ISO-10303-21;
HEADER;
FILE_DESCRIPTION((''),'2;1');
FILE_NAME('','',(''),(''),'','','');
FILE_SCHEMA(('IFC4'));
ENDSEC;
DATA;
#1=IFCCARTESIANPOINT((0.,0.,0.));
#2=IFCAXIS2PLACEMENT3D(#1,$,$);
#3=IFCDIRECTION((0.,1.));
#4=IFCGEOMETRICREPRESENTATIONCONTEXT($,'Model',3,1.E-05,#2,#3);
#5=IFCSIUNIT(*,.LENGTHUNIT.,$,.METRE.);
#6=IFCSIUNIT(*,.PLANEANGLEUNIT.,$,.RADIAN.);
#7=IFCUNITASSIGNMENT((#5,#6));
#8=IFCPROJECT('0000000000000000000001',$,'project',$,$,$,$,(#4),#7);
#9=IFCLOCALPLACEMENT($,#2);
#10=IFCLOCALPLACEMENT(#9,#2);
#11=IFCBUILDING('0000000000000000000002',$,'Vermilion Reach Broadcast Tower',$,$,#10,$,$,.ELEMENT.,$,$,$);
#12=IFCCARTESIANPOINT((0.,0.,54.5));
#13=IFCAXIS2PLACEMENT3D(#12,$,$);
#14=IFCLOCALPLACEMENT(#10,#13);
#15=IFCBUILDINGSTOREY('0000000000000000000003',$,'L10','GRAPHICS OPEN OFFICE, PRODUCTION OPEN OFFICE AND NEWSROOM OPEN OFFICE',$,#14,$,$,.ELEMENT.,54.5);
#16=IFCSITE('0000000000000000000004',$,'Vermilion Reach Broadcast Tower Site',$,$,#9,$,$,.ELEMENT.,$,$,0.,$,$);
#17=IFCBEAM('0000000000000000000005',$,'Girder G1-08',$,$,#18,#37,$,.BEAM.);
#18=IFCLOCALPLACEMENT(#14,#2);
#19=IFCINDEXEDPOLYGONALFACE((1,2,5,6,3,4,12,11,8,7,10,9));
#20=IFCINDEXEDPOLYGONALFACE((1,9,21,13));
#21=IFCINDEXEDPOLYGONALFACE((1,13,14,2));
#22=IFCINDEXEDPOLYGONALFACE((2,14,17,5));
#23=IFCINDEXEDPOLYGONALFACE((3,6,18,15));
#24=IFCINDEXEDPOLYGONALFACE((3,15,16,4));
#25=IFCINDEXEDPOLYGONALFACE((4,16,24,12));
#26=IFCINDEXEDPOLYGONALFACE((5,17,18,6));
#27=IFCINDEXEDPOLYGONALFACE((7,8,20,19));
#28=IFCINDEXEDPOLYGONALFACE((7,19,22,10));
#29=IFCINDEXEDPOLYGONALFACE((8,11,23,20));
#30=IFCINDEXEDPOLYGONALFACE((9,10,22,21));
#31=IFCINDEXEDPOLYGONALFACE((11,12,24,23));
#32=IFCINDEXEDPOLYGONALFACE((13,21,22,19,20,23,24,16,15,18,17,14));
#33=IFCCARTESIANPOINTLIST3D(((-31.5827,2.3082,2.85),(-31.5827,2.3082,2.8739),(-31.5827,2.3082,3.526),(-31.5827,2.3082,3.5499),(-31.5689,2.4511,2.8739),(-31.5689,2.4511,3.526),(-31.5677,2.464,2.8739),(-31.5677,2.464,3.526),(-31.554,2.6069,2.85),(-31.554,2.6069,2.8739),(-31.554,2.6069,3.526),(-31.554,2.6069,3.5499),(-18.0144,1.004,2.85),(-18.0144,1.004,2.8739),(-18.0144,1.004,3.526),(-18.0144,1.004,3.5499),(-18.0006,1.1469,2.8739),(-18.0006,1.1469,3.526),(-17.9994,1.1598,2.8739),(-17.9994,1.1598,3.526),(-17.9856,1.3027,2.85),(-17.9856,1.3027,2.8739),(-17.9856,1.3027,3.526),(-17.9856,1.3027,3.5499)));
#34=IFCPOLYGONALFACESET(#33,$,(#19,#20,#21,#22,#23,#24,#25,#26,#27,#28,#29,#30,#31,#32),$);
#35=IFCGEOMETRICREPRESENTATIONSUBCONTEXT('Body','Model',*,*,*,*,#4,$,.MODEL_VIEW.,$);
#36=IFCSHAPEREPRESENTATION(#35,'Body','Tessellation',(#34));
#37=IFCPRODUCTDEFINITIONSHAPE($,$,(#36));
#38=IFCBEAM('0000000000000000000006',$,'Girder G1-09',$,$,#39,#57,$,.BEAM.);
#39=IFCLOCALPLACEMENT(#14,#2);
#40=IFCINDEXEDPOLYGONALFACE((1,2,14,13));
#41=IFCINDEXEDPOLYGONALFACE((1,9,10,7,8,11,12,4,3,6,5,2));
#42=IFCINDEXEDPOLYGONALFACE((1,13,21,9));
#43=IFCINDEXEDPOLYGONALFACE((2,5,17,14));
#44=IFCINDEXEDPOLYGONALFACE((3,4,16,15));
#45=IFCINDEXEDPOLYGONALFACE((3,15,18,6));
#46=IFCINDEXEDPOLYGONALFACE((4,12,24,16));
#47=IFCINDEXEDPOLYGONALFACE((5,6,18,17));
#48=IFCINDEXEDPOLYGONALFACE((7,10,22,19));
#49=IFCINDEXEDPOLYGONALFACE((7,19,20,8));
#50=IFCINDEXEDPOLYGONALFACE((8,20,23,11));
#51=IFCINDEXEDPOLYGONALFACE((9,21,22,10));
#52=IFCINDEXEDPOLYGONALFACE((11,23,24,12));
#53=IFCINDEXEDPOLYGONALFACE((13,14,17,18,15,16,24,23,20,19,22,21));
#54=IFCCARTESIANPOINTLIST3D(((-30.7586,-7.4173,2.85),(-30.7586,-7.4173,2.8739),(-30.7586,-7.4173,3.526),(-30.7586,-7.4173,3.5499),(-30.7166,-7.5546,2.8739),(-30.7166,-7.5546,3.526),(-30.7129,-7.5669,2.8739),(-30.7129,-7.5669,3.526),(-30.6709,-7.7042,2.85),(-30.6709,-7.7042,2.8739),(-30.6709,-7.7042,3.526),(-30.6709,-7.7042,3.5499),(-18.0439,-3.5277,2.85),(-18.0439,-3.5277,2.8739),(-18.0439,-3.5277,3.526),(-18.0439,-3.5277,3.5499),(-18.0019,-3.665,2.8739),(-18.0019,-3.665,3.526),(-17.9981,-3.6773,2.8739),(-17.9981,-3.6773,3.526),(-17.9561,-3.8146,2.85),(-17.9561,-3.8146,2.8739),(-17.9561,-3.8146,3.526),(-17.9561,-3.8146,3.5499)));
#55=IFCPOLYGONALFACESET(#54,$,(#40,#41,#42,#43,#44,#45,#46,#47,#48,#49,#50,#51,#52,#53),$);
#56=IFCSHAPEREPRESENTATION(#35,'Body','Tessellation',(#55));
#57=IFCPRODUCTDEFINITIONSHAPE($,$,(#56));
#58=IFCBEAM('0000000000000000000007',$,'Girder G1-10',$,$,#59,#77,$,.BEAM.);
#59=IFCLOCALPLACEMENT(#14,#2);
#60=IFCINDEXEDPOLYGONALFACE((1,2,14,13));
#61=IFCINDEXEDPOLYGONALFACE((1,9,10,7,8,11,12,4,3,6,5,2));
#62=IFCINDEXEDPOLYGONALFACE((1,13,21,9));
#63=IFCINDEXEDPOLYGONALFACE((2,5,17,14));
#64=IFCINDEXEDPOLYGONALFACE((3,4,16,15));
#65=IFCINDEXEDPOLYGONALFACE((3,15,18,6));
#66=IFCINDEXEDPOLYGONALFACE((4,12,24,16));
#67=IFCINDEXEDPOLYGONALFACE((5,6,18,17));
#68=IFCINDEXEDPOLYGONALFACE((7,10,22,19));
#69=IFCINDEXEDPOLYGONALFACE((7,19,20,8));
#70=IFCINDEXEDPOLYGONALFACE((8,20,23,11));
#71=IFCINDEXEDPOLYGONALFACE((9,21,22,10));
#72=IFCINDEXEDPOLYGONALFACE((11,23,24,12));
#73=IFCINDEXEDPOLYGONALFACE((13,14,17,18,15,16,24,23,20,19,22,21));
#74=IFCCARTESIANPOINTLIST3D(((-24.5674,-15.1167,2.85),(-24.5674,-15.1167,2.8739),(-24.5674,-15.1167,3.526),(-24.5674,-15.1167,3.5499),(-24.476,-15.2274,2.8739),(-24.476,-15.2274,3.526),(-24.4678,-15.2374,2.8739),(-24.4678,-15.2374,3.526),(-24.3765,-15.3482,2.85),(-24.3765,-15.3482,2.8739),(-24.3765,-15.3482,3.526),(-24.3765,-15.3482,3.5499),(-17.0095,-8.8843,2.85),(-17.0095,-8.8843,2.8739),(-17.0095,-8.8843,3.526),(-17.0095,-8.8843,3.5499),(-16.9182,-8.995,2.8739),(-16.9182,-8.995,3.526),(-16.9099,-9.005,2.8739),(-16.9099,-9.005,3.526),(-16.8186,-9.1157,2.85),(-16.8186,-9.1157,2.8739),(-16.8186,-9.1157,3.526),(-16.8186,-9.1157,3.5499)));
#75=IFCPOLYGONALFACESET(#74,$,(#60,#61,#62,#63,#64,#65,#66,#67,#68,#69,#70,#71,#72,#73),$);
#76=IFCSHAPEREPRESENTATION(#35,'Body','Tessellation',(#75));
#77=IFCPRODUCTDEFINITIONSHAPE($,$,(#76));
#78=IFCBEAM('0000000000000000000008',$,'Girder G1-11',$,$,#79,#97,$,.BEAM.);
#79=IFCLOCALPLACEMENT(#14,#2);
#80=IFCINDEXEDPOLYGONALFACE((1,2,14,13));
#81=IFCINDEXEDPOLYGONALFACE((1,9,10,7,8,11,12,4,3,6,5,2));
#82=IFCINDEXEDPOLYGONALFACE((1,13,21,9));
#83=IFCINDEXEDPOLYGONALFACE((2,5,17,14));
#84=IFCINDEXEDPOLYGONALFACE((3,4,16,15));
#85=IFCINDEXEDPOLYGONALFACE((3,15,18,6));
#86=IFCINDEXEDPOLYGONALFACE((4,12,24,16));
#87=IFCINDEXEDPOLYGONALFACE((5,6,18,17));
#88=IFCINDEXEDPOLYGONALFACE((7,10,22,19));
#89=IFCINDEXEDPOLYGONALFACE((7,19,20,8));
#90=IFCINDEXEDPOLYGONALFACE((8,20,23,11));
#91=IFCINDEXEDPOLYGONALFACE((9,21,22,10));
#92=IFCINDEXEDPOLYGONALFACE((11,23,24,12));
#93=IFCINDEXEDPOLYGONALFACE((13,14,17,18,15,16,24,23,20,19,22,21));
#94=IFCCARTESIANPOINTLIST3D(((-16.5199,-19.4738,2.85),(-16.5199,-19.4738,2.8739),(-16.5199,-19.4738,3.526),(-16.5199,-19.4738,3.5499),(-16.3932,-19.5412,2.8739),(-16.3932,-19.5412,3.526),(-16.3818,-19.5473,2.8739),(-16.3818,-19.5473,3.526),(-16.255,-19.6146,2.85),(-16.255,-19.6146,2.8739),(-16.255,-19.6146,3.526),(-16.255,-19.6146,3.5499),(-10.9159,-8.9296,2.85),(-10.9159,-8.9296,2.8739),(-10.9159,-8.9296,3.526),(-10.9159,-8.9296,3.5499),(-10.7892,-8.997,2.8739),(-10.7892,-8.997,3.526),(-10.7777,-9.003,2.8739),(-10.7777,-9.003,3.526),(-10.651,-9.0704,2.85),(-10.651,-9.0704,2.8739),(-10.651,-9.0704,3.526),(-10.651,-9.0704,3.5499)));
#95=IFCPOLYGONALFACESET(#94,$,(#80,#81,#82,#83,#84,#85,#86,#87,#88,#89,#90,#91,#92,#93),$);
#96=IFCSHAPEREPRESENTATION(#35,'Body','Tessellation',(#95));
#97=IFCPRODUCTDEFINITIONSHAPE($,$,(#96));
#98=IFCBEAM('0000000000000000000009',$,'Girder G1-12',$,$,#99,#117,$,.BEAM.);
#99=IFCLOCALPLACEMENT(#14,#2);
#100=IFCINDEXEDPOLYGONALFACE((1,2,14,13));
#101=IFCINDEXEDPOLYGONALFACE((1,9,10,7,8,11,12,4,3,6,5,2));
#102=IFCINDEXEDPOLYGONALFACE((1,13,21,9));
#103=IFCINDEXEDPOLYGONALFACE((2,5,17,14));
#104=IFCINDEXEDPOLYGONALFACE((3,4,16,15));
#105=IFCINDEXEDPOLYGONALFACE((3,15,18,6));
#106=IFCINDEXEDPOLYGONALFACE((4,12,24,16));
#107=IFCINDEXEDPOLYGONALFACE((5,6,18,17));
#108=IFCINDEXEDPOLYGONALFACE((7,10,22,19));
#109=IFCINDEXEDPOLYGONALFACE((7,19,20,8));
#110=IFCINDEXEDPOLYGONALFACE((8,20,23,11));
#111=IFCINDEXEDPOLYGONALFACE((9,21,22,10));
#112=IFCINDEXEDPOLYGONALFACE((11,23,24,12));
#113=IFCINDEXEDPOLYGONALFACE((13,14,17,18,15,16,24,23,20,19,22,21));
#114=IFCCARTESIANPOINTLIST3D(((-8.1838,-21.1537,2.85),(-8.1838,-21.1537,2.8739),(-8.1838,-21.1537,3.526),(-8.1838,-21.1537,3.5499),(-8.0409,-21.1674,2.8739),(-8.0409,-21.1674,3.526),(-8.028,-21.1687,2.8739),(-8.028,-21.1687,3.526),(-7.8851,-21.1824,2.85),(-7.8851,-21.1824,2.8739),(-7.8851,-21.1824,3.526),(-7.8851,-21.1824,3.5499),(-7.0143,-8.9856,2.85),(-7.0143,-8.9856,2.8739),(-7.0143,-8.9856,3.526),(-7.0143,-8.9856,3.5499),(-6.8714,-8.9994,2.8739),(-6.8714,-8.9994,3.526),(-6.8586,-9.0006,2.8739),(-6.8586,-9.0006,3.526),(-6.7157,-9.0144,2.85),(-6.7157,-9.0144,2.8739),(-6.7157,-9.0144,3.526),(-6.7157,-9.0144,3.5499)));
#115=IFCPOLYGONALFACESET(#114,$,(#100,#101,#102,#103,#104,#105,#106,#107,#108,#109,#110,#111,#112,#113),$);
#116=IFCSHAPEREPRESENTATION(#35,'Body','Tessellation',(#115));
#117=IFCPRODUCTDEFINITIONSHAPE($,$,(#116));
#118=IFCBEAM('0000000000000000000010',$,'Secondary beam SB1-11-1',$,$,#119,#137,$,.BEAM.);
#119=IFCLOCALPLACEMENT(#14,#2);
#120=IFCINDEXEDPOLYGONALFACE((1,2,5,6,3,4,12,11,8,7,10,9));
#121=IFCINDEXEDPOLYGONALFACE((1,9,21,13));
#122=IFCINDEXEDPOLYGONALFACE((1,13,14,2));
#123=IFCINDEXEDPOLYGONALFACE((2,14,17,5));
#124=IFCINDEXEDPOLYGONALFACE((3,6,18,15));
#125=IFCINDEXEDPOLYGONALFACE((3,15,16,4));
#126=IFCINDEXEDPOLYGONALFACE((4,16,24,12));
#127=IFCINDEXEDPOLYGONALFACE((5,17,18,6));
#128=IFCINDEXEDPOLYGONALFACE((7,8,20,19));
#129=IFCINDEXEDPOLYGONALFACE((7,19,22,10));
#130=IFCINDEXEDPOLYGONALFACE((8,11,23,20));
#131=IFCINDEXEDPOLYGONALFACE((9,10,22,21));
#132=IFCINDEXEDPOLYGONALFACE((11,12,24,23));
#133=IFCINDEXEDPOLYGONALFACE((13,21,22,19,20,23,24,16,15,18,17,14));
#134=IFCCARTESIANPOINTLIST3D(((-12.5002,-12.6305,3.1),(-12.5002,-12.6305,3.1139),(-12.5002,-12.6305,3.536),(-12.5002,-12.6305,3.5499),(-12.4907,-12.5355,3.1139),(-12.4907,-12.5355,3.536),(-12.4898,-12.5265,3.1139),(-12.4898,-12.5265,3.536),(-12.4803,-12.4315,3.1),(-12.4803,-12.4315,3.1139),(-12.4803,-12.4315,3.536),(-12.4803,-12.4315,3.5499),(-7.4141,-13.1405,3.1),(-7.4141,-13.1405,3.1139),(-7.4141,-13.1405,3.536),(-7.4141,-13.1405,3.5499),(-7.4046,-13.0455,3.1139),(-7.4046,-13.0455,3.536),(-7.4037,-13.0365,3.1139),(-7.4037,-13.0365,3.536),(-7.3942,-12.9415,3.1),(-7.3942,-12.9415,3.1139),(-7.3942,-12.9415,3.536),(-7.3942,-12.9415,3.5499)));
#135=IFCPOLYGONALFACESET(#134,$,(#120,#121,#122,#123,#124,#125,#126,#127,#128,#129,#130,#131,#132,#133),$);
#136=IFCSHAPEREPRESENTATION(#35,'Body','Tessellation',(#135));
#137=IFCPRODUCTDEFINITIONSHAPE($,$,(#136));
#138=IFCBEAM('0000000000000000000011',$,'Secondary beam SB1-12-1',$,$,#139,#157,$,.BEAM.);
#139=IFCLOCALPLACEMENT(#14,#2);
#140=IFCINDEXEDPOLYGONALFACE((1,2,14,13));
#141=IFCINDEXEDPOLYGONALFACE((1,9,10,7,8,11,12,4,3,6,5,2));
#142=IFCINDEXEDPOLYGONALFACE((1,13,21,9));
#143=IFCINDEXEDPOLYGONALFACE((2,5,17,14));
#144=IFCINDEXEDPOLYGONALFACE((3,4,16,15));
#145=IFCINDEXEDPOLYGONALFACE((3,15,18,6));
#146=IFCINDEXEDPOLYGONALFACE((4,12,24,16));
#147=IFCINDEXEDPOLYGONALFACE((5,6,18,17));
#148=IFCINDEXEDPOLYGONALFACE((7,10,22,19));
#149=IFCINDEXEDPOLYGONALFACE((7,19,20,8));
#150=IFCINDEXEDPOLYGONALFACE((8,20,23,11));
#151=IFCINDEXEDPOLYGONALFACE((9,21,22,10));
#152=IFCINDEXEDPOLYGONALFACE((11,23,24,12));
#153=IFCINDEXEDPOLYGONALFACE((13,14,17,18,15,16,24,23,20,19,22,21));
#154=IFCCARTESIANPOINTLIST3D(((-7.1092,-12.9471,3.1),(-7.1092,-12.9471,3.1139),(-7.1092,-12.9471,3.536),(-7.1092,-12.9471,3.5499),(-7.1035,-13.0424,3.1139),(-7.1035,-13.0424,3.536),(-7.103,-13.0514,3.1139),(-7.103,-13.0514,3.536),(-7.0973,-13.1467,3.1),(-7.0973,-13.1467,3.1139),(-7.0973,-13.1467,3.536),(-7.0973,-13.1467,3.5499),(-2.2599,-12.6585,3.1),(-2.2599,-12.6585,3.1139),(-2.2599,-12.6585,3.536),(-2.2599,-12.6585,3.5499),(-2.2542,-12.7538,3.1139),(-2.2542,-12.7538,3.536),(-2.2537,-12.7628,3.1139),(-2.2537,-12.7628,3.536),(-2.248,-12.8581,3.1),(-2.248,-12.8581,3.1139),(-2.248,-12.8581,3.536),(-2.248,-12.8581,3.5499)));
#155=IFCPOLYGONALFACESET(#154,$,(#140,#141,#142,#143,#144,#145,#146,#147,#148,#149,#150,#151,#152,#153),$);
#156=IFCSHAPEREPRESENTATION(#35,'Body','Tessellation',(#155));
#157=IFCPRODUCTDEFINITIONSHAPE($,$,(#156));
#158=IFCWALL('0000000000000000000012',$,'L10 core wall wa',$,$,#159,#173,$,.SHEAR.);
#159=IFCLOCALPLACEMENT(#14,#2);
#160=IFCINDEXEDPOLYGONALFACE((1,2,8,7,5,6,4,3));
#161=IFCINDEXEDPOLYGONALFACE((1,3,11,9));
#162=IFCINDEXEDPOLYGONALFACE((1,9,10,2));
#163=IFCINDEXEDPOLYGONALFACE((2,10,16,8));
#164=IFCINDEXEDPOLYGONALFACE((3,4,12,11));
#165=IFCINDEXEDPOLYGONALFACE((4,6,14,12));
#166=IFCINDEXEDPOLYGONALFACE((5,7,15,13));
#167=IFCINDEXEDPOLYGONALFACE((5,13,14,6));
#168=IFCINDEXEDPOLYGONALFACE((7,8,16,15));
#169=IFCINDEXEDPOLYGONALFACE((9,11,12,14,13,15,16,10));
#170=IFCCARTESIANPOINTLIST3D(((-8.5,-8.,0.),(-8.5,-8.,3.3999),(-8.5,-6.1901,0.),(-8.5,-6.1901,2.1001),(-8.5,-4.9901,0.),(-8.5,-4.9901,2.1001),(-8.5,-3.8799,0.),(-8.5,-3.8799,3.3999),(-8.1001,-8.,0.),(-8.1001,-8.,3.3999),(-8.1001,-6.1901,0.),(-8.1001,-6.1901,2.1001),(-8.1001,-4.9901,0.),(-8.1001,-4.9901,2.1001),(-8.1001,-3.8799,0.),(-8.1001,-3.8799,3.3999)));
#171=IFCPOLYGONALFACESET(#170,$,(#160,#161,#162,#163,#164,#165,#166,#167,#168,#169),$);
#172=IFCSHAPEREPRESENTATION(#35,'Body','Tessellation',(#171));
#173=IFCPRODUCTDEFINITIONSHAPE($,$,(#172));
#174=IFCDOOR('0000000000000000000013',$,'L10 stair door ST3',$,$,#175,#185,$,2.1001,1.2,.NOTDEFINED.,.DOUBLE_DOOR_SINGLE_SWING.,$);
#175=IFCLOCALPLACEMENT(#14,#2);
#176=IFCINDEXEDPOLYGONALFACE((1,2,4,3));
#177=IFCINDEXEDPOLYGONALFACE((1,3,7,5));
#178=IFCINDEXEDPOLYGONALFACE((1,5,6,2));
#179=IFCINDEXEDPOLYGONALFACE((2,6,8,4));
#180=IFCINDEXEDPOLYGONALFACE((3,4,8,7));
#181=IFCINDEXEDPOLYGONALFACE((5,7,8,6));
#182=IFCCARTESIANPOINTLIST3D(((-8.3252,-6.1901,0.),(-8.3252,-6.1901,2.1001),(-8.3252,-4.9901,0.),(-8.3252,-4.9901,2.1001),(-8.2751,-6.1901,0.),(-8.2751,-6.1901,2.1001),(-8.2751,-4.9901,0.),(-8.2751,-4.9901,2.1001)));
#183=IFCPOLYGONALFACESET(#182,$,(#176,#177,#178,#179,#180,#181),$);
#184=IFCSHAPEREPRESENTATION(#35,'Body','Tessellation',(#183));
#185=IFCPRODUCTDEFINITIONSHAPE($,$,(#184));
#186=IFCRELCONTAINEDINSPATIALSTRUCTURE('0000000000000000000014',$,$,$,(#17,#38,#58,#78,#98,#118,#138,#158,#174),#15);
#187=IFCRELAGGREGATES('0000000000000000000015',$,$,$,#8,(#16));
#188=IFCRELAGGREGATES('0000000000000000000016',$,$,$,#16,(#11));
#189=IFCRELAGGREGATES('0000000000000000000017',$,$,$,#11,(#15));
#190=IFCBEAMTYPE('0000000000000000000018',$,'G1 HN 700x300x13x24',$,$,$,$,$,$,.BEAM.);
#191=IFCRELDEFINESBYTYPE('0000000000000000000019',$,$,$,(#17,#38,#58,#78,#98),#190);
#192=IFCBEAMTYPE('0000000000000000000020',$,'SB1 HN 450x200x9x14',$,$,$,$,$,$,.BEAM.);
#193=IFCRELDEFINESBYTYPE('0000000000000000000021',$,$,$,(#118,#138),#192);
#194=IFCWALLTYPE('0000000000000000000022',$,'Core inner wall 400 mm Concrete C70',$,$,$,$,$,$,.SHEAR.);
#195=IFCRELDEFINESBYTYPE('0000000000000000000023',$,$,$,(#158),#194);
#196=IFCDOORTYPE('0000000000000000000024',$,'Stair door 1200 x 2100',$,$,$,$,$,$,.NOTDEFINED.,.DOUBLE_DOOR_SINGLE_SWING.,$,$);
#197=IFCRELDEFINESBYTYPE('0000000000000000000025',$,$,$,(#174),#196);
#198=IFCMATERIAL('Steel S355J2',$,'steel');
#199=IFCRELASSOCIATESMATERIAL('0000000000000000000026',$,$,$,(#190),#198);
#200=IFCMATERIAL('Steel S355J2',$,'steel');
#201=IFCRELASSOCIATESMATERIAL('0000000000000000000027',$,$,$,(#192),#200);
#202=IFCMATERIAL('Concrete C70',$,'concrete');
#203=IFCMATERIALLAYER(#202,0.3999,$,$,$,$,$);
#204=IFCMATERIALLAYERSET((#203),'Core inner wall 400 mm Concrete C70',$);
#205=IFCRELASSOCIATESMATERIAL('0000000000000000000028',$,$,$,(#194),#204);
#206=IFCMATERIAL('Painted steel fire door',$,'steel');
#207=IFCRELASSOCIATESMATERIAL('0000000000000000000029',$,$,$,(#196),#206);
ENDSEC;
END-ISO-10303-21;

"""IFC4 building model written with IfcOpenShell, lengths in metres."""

from ifc_helpers import new_model, si_unit, direction, frame, frame_2d, origin, origin_2d, place, context, subcontext, project, spatial, rectangle, i_section, extrude, material, layer, layer_set, material_profile, profile_set, type_object, element, fill, save


model = new_model("IFC4")

# Units and contexts
model_context = context("Model", 3, precision=1e-05, world=origin(), true_north=direction((0.0, 1.0)))
body_context = subcontext(model_context, "Body", "Model", "MODEL_VIEW")
ifc_project = project(units=[si_unit("LENGTHUNIT", "METRE"), si_unit("PLANEANGLEUNIT", "RADIAN")], contexts=[model_context])

# Site, building, storey
site_placement = place(None, origin())
site = spatial("IfcSite", under=ifc_project, at=site_placement, Name="Vermilion Reach Broadcast Tower Site", CompositionType="ELEMENT", RefElevation=0.0)
building_placement = place(site_placement, origin())
building = spatial("IfcBuilding", under=site, at=building_placement, Name="Vermilion Reach Broadcast Tower", CompositionType="ELEMENT")
storey_placement = place(building_placement, frame((0.0, 0.0, 54.5)))
storey = spatial("IfcBuildingStorey", under=building, at=storey_placement, Name="L10", Description="GRAPHICS OPEN OFFICE, PRODUCTION OPEN OFFICE AND NEWSROOM OPEN OFFICE", CompositionType="ELEMENT", Elevation=54.5)

# Beams
ifc_material_1 = material(Name="Steel S355J2", Category="steel")
ifc_material_profile_1 = material_profile(ifc_material_1, i_section(OverallWidth=0.3, OverallDepth=0.7, WebThickness=0.0129, FlangeThickness=0.0239, at=origin_2d()), Name="S355J2 HN 700x300x13x24")
ifc_profile_set_1 = profile_set([ifc_material_profile_1], Name="Steel S355J2")
beam_type_1 = type_object("IfcBeamType", Name="G1 HN 700x300x13x24", PredefinedType="BEAM", material=ifc_profile_set_1)
beam_1_placement = place(storey_placement, frame((-18.0, 1.1533, 3.2), z_axis=(-0.995412, 0.09568, 0.0), x_axis=(-0.09568, -0.995412, 0.0)))
element("IfcBeam", 1, at=beam_1_placement, inside=storey, type_object=beam_type_1, Name="Girder G1-08", PredefinedType="BEAM", context=body_context, shape_type="SweptSolid", body=[
    extrude(i_section(OverallWidth=0.3, OverallDepth=0.7, WebThickness=0.0129, FlangeThickness=0.0239, at=origin_2d()), origin(), (0.0, 0.0, 1.0), 13.6309),
])
beam_2_placement = place(storey_placement, frame((-18.0, -3.6711, 3.2), z_axis=(-0.956256, -0.292532, 0.0), x_axis=(0.292532, -0.956256, 0.0)))
element("IfcBeam", 2, at=beam_2_placement, inside=storey, type_object=beam_type_1, Name="Girder G1-09", PredefinedType="BEAM", context=body_context, shape_type="SweptSolid", body=[
    extrude(i_section(OverallWidth=0.3, OverallDepth=0.7, WebThickness=0.0129, FlangeThickness=0.0239, at=origin_2d()), origin(), (0.0, 0.0, 1.0), 13.2964),
])
beam_3_placement = place(storey_placement, frame((-16.9141, -9.0, 3.2), z_axis=(-0.771514, -0.636212, 0.0), x_axis=(0.636212, -0.771514, 0.0)))
element("IfcBeam", 3, at=beam_3_placement, inside=storey, type_object=beam_type_1, Name="Girder G1-10", PredefinedType="BEAM", context=body_context, shape_type="SweptSolid", body=[
    extrude(i_section(OverallWidth=0.3, OverallDepth=0.7, WebThickness=0.0129, FlangeThickness=0.0239, at=origin_2d()), origin(), (0.0, 0.0, 1.0), 9.7961),
])
beam_4_placement = place(storey_placement, frame((-10.7834, -9.0, 3.2), z_axis=(-0.469312, -0.883032, 0.0), x_axis=(0.883032, -0.469312, 0.0)))
element("IfcBeam", 4, at=beam_4_placement, inside=storey, type_object=beam_type_1, Name="Girder G1-11", PredefinedType="BEAM", context=body_context, shape_type="SweptSolid", body=[
    extrude(i_section(OverallWidth=0.3, OverallDepth=0.7, WebThickness=0.0129, FlangeThickness=0.0239, at=origin_2d()), origin(), (0.0, 0.0, 1.0), 11.9409),
])
beam_5_placement = place(storey_placement, frame((-6.865, -9.0, 3.2), z_axis=(-0.095667, -0.995413, 0.0), x_axis=(0.995413, -0.095667, 0.0)))
element("IfcBeam", 5, at=beam_5_placement, inside=storey, type_object=beam_type_1, Name="Girder G1-12", PredefinedType="BEAM", context=body_context, shape_type="SweptSolid", body=[
    extrude(i_section(OverallWidth=0.3, OverallDepth=0.7, WebThickness=0.0129, FlangeThickness=0.0239, at=origin_2d()), origin(), (0.0, 0.0, 1.0), 12.2241),
])
ifc_material_2 = material(Name="Steel S355J2", Category="steel")
ifc_material_profile_2 = material_profile(ifc_material_2, i_section(OverallWidth=0.2, OverallDepth=0.45, WebThickness=0.009, FlangeThickness=0.0139, at=origin_2d()), Name="S355J2 HN 450x200x9x14")
ifc_profile_set_2 = profile_set([ifc_material_profile_2], Name="Steel S355J2")
beam_type_2 = type_object("IfcBeamType", Name="SB1 HN 450x200x9x14", PredefinedType="BEAM", material=ifc_profile_set_2)
beam_6_placement = place(storey_placement, frame((-12.4902, -12.531, 3.325), z_axis=(0.99501, -0.099773, 0.0), x_axis=(0.099773, 0.99501, 0.0)))
element("IfcBeam", 6, at=beam_6_placement, inside=storey, type_object=beam_type_2, Name="Secondary beam SB1-11-1", PredefinedType="BEAM", context=body_context, shape_type="SweptSolid", body=[
    extrude(i_section(OverallWidth=0.2, OverallDepth=0.45, WebThickness=0.009, FlangeThickness=0.0139, at=origin_2d()), origin(), (0.0, 0.0, 1.0), 5.1116),
])
beam_7_placement = place(storey_placement, frame((-7.1033, -13.0469, 3.325), z_axis=(0.998234, 0.059403, 0.0), x_axis=(-0.059403, 0.998234, 0.0)))
element("IfcBeam", 7, at=beam_7_placement, inside=storey, type_object=beam_type_2, Name="Secondary beam SB1-12-1", PredefinedType="BEAM", context=body_context, shape_type="SweptSolid", body=[
    extrude(i_section(OverallWidth=0.2, OverallDepth=0.45, WebThickness=0.009, FlangeThickness=0.0139, at=origin_2d()), origin(), (0.0, 0.0, 1.0), 4.8579),
])

# Wall, opening, door
ifc_material_3 = material(Name="Concrete C70", Category="concrete")
ifc_layer_1 = layer(ifc_material_3, 0.3999)
ifc_layer_set_1 = layer_set([ifc_layer_1], Name="Core inner wall 400 mm Concrete C70")
wall_type_1 = type_object("IfcWallType", Name="Core inner wall 400 mm Concrete C70", PredefinedType="SHEAR", material=ifc_layer_set_1)
wall_1_placement = place(storey_placement, frame((-8.3, -3.8799, 0.0), z_axis=(0.0, 0.0, 1.0), x_axis=(0.0, -1.0, 0.0)))
wall_1 = element("IfcWall", 8, at=wall_1_placement, inside=storey, type_object=wall_type_1, Name="L10 core wall wa", PredefinedType="SHEAR", context=body_context, shape_type="SweptSolid", body=[
    extrude(rectangle(XDim=4.1201, YDim=0.3999, at=frame_2d((2.0601, 0.0))), origin(), (0.0, 0.0, 1.0), 3.3999),
])
opening_1_placement = place(wall_1_placement, frame((1.1101, 0.0, 0.0)))
opening_1 = element("IfcOpeningElement", 9, at=opening_1_placement, cuts=wall_1, PredefinedType="OPENING", context=body_context, shape_type="SweptSolid", body=[
    extrude(rectangle(XDim=1.2, YDim=2.1001, at=frame_2d((0.6001, 1.05))), frame((0.0, 0.21, 0.0), z_axis=(0.0, -1.0, 0.0), x_axis=(1.0, 0.0, 0.0)), (0.0, 0.0, 1.0), 0.4199),
])
ifc_material_4 = material(Name="Painted steel fire door", Category="steel")
door_type_1 = type_object("IfcDoorType", Name="Stair door 1200 x 2100", OperationType="DOUBLE_DOOR_SINGLE_SWING", PredefinedType="NOTDEFINED", material=ifc_material_4)
door_1_placement = place(opening_1_placement, origin())
door_1 = element("IfcDoor", 10, at=door_1_placement, inside=storey, type_object=door_type_1, Name="L10 stair door ST3", OperationType="DOUBLE_DOOR_SINGLE_SWING", OverallHeight=2.1001, OverallWidth=1.2, PredefinedType="NOTDEFINED", context=body_context, shape_type="SweptSolid", body=[
    extrude(rectangle(XDim=1.2, YDim=2.1001, at=frame_2d((0.6001, 1.05))), frame((0.0, 0.0249, 0.0), z_axis=(0.0, -1.0, 0.0), x_axis=(1.0, 0.0, 0.0)), (0.0, 0.0, 1.0), 0.05),
])
fill(opening_1, door_1)

save(model, "model.ifc")
